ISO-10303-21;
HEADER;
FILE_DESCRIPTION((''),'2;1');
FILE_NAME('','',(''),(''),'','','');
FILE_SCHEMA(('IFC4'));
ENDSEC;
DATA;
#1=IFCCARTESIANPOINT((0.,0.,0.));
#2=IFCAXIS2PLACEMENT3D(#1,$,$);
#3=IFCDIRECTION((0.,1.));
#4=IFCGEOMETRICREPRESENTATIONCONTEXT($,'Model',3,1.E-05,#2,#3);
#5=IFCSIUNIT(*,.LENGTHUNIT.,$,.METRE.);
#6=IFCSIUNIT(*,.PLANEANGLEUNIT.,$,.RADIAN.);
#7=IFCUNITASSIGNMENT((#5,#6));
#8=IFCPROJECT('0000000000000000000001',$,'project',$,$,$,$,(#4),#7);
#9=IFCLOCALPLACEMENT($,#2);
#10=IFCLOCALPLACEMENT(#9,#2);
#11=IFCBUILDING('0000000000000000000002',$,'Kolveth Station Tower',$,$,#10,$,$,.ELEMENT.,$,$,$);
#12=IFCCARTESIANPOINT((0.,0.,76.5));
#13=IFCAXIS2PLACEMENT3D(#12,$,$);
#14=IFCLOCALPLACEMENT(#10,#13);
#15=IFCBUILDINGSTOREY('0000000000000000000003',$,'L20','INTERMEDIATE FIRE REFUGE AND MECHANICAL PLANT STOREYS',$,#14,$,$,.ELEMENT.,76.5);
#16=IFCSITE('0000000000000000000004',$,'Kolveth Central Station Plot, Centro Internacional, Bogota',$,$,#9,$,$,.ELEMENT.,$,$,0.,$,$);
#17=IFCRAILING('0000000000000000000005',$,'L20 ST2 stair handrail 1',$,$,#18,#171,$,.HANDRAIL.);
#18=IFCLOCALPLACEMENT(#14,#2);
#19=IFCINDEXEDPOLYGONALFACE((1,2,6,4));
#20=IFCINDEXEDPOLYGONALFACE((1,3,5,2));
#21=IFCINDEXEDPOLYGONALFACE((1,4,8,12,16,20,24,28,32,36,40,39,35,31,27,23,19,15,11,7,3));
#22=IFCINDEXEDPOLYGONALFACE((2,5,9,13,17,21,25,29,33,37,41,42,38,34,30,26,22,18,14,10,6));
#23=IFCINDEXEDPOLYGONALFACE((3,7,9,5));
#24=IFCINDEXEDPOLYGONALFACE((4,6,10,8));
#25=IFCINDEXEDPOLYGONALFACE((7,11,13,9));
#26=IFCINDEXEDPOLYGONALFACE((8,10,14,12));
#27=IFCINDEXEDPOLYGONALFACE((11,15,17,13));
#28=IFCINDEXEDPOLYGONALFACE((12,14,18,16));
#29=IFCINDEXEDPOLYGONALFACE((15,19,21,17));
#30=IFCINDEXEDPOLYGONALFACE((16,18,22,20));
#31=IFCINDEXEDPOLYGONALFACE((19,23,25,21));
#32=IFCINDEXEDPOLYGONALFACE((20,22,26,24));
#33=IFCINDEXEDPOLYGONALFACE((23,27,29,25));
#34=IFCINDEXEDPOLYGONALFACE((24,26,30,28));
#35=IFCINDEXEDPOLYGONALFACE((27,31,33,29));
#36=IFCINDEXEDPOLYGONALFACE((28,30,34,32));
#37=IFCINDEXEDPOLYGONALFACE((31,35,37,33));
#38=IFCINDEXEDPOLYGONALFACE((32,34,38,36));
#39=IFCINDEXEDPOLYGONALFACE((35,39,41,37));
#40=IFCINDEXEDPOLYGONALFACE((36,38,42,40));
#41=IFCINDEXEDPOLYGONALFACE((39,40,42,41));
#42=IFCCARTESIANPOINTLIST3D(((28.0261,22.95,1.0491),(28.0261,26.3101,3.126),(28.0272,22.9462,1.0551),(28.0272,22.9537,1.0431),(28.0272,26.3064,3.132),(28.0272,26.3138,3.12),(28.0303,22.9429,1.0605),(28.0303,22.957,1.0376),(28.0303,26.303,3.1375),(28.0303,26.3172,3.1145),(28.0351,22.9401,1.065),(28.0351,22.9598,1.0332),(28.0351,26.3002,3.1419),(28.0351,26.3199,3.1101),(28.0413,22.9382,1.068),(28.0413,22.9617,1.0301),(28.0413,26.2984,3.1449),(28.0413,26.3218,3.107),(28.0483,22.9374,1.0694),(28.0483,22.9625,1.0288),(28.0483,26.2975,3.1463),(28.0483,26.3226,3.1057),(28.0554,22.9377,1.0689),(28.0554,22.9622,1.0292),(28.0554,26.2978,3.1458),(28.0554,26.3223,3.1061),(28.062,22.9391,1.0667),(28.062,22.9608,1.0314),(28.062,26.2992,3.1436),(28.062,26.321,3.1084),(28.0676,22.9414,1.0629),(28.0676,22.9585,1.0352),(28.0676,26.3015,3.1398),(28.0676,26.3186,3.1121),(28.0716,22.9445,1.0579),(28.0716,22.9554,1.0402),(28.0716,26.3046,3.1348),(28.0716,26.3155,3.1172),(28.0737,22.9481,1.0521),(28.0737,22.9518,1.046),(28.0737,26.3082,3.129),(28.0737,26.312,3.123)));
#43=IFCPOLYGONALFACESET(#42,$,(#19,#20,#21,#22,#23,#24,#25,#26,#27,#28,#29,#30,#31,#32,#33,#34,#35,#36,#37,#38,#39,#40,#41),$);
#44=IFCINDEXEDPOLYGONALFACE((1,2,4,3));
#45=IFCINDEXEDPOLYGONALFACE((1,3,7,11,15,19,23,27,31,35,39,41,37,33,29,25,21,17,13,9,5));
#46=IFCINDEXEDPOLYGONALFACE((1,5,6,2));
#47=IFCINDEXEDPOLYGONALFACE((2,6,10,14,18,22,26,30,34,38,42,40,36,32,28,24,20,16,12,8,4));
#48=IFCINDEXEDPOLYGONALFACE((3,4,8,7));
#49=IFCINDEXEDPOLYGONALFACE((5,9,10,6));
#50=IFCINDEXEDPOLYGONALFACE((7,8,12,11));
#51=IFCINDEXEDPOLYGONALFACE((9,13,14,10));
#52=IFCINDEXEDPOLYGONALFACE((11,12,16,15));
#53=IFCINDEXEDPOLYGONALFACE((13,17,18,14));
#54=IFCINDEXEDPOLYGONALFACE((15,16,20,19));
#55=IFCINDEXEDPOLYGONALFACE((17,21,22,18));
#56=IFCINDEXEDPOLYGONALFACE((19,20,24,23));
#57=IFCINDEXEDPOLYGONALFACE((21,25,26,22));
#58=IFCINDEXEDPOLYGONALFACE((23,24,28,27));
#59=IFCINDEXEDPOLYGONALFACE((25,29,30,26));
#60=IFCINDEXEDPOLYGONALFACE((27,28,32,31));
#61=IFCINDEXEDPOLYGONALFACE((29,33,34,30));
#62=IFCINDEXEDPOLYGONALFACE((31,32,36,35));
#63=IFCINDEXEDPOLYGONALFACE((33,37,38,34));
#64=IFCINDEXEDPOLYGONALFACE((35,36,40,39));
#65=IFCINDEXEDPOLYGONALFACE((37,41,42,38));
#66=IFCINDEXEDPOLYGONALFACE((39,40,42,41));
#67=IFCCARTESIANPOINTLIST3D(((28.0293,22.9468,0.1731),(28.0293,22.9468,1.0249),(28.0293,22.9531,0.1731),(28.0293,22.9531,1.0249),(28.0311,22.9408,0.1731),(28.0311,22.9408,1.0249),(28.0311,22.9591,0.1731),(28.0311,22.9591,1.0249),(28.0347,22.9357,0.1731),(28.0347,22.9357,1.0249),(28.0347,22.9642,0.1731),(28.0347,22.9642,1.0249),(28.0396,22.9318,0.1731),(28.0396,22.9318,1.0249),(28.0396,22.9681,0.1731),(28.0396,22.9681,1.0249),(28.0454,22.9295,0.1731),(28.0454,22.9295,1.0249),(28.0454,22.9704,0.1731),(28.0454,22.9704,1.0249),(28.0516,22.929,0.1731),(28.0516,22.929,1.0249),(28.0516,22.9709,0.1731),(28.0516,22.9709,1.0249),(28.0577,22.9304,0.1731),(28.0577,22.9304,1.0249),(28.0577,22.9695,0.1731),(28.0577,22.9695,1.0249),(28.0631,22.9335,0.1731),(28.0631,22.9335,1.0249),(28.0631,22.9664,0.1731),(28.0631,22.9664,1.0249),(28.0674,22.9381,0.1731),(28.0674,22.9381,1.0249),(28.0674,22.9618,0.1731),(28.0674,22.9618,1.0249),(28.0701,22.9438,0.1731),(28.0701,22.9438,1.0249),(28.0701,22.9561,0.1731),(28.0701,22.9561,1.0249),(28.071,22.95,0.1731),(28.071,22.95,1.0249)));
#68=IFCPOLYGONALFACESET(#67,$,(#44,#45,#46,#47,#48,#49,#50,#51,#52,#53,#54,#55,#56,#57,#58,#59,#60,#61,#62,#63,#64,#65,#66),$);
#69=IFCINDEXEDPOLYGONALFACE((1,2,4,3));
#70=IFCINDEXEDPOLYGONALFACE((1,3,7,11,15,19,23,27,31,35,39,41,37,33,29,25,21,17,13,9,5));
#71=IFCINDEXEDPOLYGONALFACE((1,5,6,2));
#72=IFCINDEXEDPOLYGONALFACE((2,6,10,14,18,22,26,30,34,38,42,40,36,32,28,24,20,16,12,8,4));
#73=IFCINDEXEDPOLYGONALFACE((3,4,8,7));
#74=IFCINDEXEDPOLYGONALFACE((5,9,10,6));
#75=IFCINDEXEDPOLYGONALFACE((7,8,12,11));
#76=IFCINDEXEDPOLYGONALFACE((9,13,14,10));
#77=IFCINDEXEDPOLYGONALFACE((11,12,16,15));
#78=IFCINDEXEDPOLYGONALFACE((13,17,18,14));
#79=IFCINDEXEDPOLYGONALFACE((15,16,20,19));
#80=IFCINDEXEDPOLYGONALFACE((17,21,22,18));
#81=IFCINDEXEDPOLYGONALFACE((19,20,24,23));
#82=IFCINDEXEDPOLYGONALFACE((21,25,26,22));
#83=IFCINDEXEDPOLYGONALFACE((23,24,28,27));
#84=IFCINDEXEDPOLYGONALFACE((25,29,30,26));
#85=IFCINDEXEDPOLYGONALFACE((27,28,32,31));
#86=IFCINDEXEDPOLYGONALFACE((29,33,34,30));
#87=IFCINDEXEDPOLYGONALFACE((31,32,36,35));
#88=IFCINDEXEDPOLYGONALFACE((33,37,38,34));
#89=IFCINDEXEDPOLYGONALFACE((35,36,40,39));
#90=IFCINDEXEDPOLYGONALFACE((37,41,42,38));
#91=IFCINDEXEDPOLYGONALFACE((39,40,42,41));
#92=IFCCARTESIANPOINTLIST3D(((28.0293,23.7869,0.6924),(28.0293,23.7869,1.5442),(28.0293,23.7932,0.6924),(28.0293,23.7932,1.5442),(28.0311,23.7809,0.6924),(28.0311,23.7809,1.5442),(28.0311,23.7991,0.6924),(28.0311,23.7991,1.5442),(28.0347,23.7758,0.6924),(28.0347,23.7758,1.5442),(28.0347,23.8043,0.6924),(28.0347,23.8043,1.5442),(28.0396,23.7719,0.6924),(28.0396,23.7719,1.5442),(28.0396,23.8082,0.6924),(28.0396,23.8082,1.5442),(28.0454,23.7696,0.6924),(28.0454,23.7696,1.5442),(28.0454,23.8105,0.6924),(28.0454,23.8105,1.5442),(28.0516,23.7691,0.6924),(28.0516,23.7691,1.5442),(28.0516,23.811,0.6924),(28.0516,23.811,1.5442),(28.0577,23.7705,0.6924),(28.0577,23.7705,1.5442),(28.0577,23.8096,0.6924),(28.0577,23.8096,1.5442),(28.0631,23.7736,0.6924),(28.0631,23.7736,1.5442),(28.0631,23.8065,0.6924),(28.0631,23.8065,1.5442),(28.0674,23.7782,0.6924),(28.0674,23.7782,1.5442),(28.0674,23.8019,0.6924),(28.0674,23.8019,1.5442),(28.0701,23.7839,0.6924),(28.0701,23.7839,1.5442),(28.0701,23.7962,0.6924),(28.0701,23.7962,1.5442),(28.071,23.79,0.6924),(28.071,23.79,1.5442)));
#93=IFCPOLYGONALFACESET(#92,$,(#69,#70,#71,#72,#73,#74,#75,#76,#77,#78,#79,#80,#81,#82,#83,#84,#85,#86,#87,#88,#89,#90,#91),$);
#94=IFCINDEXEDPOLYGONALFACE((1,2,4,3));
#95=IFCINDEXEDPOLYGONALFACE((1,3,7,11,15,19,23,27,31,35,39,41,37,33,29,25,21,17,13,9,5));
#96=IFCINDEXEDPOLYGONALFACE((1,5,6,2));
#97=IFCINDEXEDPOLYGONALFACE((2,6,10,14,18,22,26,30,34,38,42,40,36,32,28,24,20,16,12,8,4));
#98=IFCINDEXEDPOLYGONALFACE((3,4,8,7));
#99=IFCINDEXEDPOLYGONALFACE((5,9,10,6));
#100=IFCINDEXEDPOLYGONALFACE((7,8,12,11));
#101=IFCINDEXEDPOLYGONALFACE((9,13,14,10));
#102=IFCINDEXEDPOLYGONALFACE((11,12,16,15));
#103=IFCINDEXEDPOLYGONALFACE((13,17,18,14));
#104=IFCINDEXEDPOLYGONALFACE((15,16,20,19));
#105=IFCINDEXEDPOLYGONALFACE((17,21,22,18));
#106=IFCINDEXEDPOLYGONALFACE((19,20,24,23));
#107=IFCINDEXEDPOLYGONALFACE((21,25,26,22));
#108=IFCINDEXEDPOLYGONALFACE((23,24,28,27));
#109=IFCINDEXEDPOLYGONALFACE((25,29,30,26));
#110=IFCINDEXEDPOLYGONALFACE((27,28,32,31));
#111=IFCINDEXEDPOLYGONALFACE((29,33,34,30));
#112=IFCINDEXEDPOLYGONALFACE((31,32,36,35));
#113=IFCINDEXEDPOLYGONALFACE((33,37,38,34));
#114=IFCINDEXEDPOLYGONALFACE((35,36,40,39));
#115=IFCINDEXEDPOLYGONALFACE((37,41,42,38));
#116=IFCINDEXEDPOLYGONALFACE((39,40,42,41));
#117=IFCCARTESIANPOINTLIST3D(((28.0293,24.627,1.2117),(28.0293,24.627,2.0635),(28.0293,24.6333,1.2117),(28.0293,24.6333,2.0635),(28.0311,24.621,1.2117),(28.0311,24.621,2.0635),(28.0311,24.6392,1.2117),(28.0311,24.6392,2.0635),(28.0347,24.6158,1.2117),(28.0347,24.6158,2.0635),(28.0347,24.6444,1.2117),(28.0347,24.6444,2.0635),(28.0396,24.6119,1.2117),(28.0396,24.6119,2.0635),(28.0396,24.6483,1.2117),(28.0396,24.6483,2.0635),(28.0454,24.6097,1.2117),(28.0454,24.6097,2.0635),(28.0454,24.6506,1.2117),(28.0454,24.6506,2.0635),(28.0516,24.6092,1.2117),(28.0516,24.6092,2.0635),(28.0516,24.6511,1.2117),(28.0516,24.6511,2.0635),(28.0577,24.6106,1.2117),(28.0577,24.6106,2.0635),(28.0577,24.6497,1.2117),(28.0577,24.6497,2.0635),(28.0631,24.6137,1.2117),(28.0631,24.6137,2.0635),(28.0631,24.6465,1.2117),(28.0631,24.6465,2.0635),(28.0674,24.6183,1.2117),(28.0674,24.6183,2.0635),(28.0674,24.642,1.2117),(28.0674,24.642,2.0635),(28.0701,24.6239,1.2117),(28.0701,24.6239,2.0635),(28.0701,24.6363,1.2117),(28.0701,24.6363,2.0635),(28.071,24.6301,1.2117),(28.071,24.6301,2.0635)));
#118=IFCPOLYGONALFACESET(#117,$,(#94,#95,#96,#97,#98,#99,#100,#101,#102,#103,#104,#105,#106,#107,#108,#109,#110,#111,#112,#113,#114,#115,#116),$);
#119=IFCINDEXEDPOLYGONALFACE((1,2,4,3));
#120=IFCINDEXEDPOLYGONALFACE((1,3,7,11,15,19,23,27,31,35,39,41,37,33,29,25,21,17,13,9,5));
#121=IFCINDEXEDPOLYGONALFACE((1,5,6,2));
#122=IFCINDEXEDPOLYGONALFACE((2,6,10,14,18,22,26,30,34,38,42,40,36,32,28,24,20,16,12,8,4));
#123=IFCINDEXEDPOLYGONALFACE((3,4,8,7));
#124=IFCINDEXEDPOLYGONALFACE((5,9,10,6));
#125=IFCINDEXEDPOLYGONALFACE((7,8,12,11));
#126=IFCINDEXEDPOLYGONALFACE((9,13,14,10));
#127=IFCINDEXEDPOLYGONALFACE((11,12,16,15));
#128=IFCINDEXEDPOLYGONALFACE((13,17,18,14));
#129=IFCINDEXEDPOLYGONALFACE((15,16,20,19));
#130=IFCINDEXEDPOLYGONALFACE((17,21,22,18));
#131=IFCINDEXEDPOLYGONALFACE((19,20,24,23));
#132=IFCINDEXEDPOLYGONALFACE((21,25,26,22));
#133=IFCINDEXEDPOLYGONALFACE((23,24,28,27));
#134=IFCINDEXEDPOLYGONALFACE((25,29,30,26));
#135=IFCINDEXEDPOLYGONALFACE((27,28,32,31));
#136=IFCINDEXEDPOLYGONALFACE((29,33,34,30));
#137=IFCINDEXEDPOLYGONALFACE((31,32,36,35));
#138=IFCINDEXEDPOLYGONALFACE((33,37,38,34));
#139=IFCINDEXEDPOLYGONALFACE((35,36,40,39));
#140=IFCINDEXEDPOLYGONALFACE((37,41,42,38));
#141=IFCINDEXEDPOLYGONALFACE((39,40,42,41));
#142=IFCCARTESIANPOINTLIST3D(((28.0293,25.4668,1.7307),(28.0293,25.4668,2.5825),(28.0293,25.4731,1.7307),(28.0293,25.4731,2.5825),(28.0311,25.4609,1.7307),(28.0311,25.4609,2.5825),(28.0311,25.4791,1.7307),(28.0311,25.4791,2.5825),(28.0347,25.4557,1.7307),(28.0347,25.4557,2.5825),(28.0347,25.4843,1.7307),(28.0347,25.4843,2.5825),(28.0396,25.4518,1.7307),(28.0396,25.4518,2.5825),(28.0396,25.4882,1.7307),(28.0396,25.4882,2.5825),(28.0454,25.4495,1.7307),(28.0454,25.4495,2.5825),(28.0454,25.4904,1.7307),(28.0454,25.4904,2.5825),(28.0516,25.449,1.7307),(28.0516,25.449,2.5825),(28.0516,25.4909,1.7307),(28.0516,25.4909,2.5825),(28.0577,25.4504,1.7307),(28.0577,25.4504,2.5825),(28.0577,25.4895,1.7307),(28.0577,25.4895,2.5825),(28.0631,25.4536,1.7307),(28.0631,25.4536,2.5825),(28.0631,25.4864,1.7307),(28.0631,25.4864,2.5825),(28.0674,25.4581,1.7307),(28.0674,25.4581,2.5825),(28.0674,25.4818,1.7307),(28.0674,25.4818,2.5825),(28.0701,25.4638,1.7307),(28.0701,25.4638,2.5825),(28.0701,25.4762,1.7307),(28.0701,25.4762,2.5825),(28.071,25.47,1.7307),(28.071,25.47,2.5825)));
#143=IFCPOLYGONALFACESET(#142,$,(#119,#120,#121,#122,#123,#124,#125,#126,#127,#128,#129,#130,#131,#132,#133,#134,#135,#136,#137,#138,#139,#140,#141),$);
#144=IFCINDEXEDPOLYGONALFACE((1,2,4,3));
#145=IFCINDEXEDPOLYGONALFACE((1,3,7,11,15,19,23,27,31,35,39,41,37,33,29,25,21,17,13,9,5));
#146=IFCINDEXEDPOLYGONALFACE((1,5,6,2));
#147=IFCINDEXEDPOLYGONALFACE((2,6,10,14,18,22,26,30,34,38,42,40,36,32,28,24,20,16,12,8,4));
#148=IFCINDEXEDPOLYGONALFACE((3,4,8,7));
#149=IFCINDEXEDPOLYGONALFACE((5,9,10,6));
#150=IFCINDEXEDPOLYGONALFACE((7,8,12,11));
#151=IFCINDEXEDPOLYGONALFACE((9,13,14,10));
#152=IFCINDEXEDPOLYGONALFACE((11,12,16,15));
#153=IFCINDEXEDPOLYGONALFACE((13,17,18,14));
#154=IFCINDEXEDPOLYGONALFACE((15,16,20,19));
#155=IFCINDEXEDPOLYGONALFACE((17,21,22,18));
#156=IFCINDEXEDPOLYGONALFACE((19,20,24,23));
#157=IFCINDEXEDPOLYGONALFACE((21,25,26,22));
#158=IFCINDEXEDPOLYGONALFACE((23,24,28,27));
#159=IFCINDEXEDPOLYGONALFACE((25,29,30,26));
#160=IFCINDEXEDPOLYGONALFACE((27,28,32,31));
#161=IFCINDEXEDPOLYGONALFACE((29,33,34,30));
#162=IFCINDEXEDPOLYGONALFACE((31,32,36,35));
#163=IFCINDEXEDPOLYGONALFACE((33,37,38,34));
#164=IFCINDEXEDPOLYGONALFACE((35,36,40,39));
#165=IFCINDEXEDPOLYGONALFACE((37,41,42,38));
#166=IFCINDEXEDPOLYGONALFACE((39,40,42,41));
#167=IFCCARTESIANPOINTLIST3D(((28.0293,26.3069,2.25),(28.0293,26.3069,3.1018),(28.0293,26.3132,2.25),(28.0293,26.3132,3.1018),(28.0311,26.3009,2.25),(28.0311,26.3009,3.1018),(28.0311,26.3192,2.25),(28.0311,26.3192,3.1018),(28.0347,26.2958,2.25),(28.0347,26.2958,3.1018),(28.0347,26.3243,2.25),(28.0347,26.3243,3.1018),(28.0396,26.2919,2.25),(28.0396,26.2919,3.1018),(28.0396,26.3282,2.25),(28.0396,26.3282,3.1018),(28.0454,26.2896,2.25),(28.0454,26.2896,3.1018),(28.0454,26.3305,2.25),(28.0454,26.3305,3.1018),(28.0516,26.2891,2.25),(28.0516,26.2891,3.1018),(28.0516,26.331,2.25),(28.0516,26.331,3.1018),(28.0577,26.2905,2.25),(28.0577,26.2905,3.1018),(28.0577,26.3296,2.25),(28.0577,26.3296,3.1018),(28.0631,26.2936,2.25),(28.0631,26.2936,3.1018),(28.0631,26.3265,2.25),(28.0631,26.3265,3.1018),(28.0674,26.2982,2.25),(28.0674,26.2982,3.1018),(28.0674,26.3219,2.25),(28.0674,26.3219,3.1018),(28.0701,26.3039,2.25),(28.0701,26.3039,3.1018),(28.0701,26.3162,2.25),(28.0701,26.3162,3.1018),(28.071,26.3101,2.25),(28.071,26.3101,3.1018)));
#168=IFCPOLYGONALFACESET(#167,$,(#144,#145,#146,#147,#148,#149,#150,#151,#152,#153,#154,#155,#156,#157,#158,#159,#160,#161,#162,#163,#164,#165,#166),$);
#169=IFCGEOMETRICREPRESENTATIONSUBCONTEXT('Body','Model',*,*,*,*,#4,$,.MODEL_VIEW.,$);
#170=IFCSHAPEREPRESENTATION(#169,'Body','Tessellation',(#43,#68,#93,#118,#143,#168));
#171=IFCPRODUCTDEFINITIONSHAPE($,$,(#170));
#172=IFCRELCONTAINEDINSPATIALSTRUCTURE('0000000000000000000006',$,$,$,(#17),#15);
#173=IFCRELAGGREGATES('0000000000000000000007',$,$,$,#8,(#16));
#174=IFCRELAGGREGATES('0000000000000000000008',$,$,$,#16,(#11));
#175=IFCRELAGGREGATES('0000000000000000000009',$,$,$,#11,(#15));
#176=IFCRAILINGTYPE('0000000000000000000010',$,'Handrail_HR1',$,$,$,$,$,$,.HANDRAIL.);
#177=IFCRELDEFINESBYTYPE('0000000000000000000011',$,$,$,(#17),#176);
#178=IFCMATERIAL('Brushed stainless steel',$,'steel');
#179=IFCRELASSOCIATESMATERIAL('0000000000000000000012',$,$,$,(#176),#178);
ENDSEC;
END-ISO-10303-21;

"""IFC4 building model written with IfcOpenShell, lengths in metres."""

from ifc_helpers import new_model, si_unit, direction, frame, origin, origin_2d, place, context, subcontext, project, spatial, circle, extrude, material, type_object, element, save


model = new_model("IFC4")

# Units and contexts
model_context = context("Model", 3, precision=1e-05, world=origin(), true_north=direction((0.0, 1.0)))
body_context = subcontext(model_context, "Body", "Model", "MODEL_VIEW")
ifc_project = project(units=[si_unit("LENGTHUNIT", "METRE"), si_unit("PLANEANGLEUNIT", "RADIAN")], contexts=[model_context])

# Site, building, storey
site_placement = place(None, origin())
site = spatial("IfcSite", under=ifc_project, at=site_placement, Name="Kolveth Central Station Plot, Centro Internacional, Bogota", CompositionType="ELEMENT", RefElevation=0.0)
building_placement = place(site_placement, origin())
building = spatial("IfcBuilding", under=site, at=building_placement, Name="Kolveth Station Tower", CompositionType="ELEMENT")
storey_placement = place(building_placement, frame((0.0, 0.0, 76.5)))
storey = spatial("IfcBuildingStorey", under=building, at=storey_placement, Name="L20", Description="INTERMEDIATE FIRE REFUGE AND MECHANICAL PLANT STOREYS", CompositionType="ELEMENT", Elevation=76.5)

# Railing
ifc_material_1 = material(Name="Brushed stainless steel", Category="steel")
railing_type_1 = type_object("IfcRailingType", Name="Handrail_HR1", PredefinedType="HANDRAIL", material=ifc_material_1)
for number, where, name in (
    (1, (28.05, 22.95, 0.1731), "L20 ST2 stair handrail 1"),
):
    element("IfcRailing", number, at=place(storey_placement, frame(where)), inside=storey, type_object=railing_type_1, Name=name, PredefinedType="HANDRAIL", context=body_context, shape_type="SweptSolid", body=[
        extrude(circle(Radius=0.0239, at=origin_2d()), frame((0.0, 0.0, 0.876), z_axis=(0.0, 0.850623, 0.525776), x_axis=(-1.0, 0.0, 0.0)), (0.0, 0.0, 1.0), 3.9502),
        extrude(circle(Radius=0.021, at=origin_2d()), origin(), (0.0, 0.0, 1.0), 0.8518),
        extrude(circle(Radius=0.021, at=origin_2d()), frame((0.0, 0.8401, 0.5193)), (0.0, 0.0, 1.0), 0.8518),
        extrude(circle(Radius=0.021, at=origin_2d()), frame((0.0, 1.6802, 1.0386)), (0.0, 0.0, 1.0), 0.8518),
        extrude(circle(Radius=0.021, at=origin_2d()), frame((0.0, 2.52, 1.5576)), (0.0, 0.0, 1.0), 0.8518),
        extrude(circle(Radius=0.021, at=origin_2d()), frame((0.0, 3.3601, 2.0769)), (0.0, 0.0, 1.0), 0.8518),
    ])

save(model, "model.ifc")
